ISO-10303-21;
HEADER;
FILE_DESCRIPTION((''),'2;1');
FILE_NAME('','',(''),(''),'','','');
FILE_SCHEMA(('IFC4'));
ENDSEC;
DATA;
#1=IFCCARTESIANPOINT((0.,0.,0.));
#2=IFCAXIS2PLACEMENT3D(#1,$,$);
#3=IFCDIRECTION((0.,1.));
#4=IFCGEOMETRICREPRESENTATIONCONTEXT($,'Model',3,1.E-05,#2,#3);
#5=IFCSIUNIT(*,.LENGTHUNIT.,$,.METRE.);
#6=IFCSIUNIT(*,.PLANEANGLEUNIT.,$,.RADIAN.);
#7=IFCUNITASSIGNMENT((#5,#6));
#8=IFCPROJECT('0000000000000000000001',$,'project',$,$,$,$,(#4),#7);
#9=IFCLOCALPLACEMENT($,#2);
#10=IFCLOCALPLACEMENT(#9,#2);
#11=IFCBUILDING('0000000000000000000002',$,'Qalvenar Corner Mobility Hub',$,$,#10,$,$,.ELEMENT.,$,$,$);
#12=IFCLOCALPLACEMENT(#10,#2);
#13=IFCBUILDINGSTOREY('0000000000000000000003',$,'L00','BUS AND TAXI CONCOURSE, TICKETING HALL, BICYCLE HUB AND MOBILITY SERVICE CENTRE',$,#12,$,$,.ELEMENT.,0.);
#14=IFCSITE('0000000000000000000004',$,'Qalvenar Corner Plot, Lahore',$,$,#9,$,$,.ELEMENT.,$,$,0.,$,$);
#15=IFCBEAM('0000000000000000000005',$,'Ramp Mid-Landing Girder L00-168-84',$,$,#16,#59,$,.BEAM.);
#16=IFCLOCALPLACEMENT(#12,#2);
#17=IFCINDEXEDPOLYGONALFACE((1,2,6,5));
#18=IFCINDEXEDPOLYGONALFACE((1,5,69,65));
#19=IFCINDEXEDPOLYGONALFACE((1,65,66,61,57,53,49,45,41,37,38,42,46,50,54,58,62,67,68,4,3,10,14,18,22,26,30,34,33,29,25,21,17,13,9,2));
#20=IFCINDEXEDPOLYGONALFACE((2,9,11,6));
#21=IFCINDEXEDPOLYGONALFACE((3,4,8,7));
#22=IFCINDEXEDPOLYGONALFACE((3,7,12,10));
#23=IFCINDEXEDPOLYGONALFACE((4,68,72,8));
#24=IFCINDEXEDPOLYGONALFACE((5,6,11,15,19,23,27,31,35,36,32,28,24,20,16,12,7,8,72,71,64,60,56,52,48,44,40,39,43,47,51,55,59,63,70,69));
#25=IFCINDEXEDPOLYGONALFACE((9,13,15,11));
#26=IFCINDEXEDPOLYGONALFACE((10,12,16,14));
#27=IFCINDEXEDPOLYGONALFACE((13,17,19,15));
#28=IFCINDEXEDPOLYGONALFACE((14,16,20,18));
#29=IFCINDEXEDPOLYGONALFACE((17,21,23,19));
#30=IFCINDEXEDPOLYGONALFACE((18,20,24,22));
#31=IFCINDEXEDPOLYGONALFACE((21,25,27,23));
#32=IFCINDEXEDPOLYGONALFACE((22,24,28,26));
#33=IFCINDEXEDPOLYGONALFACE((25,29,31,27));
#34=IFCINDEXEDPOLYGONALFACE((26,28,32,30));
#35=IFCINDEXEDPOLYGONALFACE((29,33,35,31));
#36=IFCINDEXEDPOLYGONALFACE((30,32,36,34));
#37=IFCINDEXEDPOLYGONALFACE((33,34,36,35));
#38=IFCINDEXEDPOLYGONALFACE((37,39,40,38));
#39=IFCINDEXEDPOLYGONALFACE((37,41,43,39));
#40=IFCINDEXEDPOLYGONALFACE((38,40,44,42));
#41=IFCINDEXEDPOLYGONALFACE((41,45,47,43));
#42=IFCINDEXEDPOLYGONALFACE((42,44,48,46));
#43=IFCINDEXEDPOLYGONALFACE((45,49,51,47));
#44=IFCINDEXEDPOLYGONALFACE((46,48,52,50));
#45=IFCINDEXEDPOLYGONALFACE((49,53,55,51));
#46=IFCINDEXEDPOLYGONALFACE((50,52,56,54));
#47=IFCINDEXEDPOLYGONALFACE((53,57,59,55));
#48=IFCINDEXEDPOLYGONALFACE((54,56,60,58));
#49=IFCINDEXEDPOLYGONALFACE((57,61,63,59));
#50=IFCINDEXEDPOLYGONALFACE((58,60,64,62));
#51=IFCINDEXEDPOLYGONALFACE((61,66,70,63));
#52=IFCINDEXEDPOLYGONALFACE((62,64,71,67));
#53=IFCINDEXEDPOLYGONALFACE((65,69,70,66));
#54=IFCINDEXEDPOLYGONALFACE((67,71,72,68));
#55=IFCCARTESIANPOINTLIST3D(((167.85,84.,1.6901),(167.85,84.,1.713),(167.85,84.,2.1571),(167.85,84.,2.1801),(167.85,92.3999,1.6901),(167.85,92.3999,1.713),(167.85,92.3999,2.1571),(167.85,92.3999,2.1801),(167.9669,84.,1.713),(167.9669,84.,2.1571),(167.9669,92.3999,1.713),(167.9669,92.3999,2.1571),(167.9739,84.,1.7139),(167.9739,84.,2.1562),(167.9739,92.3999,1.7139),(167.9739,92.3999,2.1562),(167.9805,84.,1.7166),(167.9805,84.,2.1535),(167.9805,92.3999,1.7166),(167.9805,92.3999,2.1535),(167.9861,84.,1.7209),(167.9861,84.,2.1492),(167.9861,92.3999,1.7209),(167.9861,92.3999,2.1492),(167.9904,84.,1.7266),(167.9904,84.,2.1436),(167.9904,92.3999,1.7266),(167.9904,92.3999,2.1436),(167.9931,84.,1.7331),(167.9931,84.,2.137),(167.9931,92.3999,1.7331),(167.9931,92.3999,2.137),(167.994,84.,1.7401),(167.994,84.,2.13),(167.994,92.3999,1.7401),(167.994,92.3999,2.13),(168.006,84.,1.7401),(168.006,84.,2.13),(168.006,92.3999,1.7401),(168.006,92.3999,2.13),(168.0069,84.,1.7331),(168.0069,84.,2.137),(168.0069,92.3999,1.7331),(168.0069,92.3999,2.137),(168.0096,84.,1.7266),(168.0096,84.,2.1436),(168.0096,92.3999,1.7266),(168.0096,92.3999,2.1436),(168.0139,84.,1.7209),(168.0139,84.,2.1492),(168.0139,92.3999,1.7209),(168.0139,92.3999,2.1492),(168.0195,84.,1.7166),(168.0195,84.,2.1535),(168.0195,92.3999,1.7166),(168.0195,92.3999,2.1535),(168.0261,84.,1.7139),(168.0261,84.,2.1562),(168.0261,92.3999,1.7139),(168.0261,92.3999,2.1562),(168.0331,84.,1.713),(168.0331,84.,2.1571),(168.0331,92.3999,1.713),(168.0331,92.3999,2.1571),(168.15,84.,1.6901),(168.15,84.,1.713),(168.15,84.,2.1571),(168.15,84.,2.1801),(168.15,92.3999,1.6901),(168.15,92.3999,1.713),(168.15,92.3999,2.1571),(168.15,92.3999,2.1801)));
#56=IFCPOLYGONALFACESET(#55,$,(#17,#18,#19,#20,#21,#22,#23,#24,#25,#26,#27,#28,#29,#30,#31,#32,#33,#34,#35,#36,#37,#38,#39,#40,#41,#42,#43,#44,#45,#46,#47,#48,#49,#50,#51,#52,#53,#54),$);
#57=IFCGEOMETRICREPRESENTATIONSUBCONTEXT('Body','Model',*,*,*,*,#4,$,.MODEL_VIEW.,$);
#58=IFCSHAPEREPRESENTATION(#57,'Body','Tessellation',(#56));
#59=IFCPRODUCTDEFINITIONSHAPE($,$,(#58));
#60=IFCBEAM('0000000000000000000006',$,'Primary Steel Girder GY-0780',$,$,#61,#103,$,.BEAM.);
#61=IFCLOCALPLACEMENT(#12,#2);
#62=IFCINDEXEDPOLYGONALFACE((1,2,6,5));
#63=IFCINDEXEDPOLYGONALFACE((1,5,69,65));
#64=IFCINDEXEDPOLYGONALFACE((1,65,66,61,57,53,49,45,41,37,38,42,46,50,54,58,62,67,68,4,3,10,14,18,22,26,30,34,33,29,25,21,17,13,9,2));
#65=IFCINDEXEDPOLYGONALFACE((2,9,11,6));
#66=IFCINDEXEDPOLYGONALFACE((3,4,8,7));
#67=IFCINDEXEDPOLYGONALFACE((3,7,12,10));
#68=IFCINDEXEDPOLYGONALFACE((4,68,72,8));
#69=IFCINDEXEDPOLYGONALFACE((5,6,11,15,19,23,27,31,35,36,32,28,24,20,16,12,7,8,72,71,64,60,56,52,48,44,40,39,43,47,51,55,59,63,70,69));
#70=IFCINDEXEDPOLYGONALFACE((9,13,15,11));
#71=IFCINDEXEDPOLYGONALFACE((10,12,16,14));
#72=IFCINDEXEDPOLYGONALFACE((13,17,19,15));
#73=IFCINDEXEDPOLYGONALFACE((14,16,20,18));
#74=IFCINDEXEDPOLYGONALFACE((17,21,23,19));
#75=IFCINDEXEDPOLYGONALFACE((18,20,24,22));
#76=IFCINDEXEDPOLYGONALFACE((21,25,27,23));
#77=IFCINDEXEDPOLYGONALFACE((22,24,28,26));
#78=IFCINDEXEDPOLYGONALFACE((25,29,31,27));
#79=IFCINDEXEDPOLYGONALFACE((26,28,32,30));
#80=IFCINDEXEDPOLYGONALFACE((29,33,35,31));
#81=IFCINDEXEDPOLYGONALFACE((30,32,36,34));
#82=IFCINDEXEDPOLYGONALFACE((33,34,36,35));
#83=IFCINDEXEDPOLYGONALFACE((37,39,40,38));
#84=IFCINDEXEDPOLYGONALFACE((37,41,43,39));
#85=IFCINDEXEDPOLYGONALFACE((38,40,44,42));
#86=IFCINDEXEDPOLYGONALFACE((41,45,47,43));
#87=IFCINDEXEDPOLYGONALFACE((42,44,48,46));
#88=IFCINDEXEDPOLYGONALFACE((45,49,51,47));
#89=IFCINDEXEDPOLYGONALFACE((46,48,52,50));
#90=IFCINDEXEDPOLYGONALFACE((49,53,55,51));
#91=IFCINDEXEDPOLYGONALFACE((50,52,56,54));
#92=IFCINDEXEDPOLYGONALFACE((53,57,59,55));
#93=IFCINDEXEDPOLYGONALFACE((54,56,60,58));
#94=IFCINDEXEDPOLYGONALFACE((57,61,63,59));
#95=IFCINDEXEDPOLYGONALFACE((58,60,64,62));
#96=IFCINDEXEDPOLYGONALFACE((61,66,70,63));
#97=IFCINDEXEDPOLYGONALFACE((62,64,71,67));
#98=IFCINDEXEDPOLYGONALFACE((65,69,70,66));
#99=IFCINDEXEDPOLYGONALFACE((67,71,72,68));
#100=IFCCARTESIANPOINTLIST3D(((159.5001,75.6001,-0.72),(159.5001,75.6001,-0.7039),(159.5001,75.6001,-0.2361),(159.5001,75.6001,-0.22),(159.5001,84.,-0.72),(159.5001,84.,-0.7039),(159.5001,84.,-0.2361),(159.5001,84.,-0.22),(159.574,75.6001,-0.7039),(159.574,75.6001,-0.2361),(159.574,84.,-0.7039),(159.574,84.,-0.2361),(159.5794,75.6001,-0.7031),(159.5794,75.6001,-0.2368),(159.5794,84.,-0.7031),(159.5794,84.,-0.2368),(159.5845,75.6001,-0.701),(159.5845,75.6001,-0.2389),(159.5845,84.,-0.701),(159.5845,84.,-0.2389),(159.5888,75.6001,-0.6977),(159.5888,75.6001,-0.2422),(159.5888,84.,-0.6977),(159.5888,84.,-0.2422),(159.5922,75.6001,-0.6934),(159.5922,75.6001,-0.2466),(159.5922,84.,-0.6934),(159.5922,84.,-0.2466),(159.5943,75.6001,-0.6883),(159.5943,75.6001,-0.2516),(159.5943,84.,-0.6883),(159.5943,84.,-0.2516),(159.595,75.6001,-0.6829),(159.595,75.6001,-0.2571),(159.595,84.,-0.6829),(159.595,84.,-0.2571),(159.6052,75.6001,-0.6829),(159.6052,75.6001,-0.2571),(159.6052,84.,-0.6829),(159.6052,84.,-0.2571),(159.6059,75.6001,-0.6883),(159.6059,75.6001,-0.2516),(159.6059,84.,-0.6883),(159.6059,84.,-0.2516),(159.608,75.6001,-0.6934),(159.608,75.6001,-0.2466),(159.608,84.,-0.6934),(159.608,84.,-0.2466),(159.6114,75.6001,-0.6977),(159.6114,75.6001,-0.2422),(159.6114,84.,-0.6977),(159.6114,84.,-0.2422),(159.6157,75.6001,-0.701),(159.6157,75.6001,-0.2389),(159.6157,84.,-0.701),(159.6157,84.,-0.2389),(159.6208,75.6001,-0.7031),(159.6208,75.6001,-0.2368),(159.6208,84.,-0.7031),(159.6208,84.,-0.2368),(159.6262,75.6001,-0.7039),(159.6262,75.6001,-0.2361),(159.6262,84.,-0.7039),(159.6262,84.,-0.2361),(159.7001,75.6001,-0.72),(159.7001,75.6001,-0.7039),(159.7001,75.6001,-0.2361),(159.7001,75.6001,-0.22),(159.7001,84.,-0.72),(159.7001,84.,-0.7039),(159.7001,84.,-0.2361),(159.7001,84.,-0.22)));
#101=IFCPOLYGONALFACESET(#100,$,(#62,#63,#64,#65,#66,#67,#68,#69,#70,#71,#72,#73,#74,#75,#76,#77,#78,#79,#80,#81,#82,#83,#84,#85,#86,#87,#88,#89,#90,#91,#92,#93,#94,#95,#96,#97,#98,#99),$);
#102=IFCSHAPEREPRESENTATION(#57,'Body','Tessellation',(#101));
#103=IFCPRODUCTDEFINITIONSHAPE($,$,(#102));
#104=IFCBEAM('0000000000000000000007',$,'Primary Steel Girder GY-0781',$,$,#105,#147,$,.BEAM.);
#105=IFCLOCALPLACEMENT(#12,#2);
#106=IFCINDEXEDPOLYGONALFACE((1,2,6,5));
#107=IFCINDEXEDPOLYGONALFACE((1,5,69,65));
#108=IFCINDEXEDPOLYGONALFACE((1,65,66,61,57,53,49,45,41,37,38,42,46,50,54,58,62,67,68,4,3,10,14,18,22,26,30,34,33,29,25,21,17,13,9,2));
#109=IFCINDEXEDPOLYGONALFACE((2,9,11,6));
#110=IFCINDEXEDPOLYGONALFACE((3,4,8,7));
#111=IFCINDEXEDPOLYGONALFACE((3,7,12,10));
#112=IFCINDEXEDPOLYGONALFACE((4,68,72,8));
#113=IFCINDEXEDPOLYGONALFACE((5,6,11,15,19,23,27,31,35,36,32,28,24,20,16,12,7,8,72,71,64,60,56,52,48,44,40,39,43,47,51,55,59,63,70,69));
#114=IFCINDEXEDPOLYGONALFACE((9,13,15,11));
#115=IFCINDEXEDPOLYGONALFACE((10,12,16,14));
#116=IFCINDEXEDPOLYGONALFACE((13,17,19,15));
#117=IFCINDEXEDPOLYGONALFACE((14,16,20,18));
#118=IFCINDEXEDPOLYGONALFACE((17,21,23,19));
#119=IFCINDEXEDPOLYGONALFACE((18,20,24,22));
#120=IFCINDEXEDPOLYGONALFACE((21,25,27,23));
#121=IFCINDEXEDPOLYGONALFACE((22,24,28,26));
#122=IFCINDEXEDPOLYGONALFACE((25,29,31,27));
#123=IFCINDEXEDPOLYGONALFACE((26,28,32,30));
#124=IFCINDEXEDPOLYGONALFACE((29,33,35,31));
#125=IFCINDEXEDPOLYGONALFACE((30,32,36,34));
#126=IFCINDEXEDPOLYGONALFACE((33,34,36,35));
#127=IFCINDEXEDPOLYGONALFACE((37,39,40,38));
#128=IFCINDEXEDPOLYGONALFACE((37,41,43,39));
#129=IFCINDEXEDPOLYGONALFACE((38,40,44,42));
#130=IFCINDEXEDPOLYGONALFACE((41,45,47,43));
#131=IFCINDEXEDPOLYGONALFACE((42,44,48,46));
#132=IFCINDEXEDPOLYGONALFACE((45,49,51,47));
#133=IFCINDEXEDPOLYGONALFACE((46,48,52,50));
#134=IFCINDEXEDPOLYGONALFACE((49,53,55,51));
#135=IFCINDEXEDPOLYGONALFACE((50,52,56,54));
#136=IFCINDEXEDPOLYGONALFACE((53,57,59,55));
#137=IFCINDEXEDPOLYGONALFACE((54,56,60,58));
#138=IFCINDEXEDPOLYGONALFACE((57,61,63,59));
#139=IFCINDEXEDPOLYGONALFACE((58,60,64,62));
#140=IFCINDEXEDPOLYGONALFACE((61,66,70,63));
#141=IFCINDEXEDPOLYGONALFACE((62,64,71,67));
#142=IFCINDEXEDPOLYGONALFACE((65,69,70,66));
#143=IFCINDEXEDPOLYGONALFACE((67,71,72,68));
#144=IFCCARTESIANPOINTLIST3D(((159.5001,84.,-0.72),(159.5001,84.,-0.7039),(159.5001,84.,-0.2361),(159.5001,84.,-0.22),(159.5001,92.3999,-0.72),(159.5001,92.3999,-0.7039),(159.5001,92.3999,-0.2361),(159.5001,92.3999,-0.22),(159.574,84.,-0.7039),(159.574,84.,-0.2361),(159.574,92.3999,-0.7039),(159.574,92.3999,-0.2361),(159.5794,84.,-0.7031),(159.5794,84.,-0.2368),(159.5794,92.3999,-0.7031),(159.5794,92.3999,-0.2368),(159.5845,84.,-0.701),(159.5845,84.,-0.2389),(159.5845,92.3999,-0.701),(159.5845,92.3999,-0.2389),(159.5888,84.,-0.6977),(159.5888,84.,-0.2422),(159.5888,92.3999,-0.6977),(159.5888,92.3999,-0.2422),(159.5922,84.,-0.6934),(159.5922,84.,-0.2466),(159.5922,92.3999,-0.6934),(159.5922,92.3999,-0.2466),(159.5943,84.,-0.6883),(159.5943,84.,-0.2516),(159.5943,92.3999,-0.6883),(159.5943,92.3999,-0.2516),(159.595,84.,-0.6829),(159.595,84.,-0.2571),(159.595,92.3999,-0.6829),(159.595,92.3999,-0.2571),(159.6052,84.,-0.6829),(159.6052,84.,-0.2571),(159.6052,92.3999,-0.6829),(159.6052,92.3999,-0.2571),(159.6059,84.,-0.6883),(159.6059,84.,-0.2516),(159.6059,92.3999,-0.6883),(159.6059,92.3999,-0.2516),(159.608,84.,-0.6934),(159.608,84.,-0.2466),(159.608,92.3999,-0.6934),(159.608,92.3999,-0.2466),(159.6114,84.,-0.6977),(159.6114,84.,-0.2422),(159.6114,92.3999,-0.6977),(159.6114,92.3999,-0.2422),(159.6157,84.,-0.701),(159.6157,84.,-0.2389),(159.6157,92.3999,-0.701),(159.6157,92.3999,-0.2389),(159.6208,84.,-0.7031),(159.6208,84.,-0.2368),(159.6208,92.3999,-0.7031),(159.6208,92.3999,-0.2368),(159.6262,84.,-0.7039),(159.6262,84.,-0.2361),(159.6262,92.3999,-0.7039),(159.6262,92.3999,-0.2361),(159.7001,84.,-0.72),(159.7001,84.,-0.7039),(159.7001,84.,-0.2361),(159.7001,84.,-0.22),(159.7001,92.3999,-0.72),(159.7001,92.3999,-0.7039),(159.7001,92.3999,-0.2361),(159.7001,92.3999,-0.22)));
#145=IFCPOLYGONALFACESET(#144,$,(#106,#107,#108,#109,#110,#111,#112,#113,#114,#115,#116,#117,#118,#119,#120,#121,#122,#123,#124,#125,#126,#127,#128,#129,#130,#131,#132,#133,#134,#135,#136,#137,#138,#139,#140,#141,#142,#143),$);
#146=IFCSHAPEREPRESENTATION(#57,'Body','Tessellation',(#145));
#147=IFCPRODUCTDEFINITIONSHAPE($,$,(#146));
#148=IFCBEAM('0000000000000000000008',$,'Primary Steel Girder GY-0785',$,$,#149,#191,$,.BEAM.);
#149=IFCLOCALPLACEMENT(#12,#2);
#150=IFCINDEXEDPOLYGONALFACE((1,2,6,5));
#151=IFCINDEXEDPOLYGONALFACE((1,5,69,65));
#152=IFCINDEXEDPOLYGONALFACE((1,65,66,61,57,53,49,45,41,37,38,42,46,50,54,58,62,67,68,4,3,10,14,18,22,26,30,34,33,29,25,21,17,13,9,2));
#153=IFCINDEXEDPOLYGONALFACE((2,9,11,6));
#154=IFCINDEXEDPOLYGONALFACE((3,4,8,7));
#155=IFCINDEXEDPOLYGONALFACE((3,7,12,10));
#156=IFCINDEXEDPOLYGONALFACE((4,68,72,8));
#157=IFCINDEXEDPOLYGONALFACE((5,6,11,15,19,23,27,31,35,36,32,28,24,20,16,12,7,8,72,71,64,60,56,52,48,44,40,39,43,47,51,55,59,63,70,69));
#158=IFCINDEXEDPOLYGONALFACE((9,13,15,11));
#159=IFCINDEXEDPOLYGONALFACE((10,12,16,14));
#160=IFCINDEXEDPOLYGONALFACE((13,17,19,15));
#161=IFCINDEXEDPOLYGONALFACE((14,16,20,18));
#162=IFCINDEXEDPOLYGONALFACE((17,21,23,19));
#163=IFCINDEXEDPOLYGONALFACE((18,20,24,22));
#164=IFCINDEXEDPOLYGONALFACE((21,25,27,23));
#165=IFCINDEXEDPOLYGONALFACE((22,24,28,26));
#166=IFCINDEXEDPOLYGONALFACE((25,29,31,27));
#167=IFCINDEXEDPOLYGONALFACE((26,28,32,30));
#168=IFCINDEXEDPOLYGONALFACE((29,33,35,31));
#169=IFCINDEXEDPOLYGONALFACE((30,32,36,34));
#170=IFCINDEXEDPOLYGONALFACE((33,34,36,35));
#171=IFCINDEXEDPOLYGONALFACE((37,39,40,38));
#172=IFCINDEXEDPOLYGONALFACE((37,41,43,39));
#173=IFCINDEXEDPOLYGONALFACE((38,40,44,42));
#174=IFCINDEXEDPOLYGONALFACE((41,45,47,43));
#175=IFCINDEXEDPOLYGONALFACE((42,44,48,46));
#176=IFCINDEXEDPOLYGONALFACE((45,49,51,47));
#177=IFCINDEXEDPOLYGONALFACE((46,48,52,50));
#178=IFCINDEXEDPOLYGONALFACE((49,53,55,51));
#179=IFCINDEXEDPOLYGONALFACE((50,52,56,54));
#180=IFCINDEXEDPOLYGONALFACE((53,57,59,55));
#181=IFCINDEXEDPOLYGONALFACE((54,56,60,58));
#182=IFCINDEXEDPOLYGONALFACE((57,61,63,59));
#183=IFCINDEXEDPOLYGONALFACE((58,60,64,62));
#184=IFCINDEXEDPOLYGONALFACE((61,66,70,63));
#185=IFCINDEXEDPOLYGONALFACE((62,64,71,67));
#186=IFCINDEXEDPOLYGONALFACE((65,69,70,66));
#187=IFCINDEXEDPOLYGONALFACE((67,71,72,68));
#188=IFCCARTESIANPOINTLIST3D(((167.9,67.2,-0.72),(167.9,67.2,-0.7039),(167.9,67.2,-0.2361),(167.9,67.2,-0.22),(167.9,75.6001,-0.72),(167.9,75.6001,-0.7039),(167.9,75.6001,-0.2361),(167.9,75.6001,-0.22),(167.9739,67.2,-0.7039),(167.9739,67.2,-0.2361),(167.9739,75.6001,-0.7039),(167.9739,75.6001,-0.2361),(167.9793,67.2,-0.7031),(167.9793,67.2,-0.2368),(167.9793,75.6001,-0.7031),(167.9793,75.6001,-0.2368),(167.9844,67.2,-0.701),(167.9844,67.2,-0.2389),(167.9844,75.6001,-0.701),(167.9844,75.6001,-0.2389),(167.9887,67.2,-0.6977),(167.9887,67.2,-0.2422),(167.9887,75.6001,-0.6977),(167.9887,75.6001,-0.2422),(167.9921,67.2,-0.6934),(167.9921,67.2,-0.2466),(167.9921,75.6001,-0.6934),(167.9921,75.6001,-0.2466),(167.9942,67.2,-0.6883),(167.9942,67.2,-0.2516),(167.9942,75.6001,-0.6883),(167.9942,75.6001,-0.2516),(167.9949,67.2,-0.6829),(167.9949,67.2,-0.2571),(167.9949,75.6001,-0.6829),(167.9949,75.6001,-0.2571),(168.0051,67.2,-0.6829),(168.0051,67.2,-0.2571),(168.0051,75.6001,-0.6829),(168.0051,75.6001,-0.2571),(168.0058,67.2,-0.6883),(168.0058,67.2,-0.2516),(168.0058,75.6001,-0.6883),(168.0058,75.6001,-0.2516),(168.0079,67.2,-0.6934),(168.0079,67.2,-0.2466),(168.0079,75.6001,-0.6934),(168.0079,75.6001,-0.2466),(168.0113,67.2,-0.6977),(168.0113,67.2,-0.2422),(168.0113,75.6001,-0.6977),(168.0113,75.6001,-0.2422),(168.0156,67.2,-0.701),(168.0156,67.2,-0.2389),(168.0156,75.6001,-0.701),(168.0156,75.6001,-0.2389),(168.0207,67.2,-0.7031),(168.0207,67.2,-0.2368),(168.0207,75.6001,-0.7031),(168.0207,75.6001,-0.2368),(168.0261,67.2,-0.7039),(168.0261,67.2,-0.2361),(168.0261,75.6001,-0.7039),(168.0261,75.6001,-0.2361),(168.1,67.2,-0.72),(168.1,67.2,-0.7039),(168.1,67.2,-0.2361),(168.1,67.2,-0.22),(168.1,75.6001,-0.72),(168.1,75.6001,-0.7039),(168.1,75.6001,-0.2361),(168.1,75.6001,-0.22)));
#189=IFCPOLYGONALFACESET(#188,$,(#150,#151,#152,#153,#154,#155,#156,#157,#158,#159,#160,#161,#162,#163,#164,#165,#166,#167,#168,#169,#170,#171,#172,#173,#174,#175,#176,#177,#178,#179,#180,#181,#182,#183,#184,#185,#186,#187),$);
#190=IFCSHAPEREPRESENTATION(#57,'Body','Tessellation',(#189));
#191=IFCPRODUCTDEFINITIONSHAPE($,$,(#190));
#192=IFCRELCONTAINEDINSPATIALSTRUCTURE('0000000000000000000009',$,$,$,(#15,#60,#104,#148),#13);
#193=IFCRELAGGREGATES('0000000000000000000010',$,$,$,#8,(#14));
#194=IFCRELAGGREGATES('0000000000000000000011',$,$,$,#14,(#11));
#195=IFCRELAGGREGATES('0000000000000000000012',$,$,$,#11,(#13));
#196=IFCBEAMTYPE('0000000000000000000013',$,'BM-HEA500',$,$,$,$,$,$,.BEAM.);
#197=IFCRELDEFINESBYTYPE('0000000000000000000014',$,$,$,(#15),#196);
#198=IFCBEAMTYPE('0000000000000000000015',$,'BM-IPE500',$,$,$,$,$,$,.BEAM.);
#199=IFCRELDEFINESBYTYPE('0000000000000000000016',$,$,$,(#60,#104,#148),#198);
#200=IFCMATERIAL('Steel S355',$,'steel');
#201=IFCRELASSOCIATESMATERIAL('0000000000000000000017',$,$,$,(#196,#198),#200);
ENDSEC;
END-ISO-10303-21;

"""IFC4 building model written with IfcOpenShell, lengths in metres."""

from ifc_helpers import new_model, si_unit, direction, frame, origin, origin_2d, place, context, subcontext, project, spatial, i_section, extrude, material, material_profile, profile_set, type_object, element, save


model = new_model("IFC4")

# Units and contexts
model_context = context("Model", 3, precision=1e-05, world=origin(), true_north=direction((0.0, 1.0)))
body_context = subcontext(model_context, "Body", "Model", "MODEL_VIEW")
ifc_project = project(units=[si_unit("LENGTHUNIT", "METRE"), si_unit("PLANEANGLEUNIT", "RADIAN")], contexts=[model_context])

# Site, building, storey
site_placement = place(None, origin())
site = spatial("IfcSite", under=ifc_project, at=site_placement, Name="Qalvenar Corner Plot, Lahore", CompositionType="ELEMENT", RefElevation=0.0)
building_placement = place(site_placement, origin())
building = spatial("IfcBuilding", under=site, at=building_placement, Name="Qalvenar Corner Mobility Hub", CompositionType="ELEMENT")
storey_placement = place(building_placement, origin())
storey = spatial("IfcBuildingStorey", under=building, at=storey_placement, Name="L00", Description="BUS AND TAXI CONCOURSE, TICKETING HALL, BICYCLE HUB AND MOBILITY SERVICE CENTRE", CompositionType="ELEMENT", Elevation=0.0)

# Shared definitions
ifc_material_1 = material(Name="Steel S355", Category="steel")

# Beams
ifc_material_profile_1 = material_profile(ifc_material_1, i_section(OverallWidth=0.3, OverallDepth=0.49, WebThickness=0.012, FlangeThickness=0.0229, FilletRadius=0.0271, at=origin_2d()), Name="HEA500")
ifc_profile_set_1 = profile_set([ifc_material_profile_1], Name="Steel S355")
beam_type_1 = type_object("IfcBeamType", Name="BM-HEA500", PredefinedType="BEAM", material=ifc_profile_set_1)
for number, where, z_axis, x_axis, name in (
    (1, (168.0, 84.0, 1.9351), (0.0, 1.0, 0.0), (-1.0, 0.0, 0.0), "Ramp Mid-Landing Girder L00-168-84"),
):
    element("IfcBeam", number, at=place(storey_placement, frame(where, z_axis=z_axis, x_axis=x_axis)), inside=storey, type_object=beam_type_1, Name=name, PredefinedType="BEAM", context=body_context, shape_type="SweptSolid", body=[
        extrude(i_section(OverallWidth=0.3, OverallDepth=0.49, WebThickness=0.012, FlangeThickness=0.0229, FilletRadius=0.0271, at=origin_2d()), origin(), (0.0, 0.0, 1.0), 8.3999),
    ])
ifc_material_profile_2 = material_profile(ifc_material_1, i_section(OverallWidth=0.2, OverallDepth=0.5, WebThickness=0.0103, FlangeThickness=0.0161, FilletRadius=0.021, at=origin_2d()), Name="IPE500")
ifc_profile_set_2 = profile_set([ifc_material_profile_2], Name="Steel S355")
beam_type_2 = type_object("IfcBeamType", Name="BM-IPE500", PredefinedType="BEAM", material=ifc_profile_set_2)
for number, where, z_axis, x_axis, name in (
    (2, (159.6001, 75.6001, -0.47), (0.0, 1.0, 0.0), (-1.0, 0.0, 0.0), "Primary Steel Girder GY-0780"),
    (3, (159.6001, 84.0, -0.47), (0.0, 1.0, 0.0), (-1.0, 0.0, 0.0), "Primary Steel Girder GY-0781"),
):
    element("IfcBeam", number, at=place(storey_placement, frame(where, z_axis=z_axis, x_axis=x_axis)), inside=storey, type_object=beam_type_2, Name=name, PredefinedType="BEAM", context=body_context, shape_type="SweptSolid", body=[
        extrude(i_section(OverallWidth=0.2, OverallDepth=0.5, WebThickness=0.0103, FlangeThickness=0.0161, FilletRadius=0.021, at=origin_2d()), origin(), (0.0, 0.0, 1.0), 8.3999),
    ])
beam_1_placement = place(storey_placement, frame((168.0, 67.2, -0.47), z_axis=(0.0, 1.0, 0.0), x_axis=(-1.0, 0.0, 0.0)))
element("IfcBeam", 4, at=beam_1_placement, inside=storey, type_object=beam_type_2, Name="Primary Steel Girder GY-0785", PredefinedType="BEAM", context=body_context, shape_type="SweptSolid", body=[
    extrude(i_section(OverallWidth=0.2, OverallDepth=0.5, WebThickness=0.0103, FlangeThickness=0.0161, FilletRadius=0.021, at=origin_2d()), origin(), (0.0, 0.0, 1.0), 8.4001),
])

save(model, "model.ifc")
